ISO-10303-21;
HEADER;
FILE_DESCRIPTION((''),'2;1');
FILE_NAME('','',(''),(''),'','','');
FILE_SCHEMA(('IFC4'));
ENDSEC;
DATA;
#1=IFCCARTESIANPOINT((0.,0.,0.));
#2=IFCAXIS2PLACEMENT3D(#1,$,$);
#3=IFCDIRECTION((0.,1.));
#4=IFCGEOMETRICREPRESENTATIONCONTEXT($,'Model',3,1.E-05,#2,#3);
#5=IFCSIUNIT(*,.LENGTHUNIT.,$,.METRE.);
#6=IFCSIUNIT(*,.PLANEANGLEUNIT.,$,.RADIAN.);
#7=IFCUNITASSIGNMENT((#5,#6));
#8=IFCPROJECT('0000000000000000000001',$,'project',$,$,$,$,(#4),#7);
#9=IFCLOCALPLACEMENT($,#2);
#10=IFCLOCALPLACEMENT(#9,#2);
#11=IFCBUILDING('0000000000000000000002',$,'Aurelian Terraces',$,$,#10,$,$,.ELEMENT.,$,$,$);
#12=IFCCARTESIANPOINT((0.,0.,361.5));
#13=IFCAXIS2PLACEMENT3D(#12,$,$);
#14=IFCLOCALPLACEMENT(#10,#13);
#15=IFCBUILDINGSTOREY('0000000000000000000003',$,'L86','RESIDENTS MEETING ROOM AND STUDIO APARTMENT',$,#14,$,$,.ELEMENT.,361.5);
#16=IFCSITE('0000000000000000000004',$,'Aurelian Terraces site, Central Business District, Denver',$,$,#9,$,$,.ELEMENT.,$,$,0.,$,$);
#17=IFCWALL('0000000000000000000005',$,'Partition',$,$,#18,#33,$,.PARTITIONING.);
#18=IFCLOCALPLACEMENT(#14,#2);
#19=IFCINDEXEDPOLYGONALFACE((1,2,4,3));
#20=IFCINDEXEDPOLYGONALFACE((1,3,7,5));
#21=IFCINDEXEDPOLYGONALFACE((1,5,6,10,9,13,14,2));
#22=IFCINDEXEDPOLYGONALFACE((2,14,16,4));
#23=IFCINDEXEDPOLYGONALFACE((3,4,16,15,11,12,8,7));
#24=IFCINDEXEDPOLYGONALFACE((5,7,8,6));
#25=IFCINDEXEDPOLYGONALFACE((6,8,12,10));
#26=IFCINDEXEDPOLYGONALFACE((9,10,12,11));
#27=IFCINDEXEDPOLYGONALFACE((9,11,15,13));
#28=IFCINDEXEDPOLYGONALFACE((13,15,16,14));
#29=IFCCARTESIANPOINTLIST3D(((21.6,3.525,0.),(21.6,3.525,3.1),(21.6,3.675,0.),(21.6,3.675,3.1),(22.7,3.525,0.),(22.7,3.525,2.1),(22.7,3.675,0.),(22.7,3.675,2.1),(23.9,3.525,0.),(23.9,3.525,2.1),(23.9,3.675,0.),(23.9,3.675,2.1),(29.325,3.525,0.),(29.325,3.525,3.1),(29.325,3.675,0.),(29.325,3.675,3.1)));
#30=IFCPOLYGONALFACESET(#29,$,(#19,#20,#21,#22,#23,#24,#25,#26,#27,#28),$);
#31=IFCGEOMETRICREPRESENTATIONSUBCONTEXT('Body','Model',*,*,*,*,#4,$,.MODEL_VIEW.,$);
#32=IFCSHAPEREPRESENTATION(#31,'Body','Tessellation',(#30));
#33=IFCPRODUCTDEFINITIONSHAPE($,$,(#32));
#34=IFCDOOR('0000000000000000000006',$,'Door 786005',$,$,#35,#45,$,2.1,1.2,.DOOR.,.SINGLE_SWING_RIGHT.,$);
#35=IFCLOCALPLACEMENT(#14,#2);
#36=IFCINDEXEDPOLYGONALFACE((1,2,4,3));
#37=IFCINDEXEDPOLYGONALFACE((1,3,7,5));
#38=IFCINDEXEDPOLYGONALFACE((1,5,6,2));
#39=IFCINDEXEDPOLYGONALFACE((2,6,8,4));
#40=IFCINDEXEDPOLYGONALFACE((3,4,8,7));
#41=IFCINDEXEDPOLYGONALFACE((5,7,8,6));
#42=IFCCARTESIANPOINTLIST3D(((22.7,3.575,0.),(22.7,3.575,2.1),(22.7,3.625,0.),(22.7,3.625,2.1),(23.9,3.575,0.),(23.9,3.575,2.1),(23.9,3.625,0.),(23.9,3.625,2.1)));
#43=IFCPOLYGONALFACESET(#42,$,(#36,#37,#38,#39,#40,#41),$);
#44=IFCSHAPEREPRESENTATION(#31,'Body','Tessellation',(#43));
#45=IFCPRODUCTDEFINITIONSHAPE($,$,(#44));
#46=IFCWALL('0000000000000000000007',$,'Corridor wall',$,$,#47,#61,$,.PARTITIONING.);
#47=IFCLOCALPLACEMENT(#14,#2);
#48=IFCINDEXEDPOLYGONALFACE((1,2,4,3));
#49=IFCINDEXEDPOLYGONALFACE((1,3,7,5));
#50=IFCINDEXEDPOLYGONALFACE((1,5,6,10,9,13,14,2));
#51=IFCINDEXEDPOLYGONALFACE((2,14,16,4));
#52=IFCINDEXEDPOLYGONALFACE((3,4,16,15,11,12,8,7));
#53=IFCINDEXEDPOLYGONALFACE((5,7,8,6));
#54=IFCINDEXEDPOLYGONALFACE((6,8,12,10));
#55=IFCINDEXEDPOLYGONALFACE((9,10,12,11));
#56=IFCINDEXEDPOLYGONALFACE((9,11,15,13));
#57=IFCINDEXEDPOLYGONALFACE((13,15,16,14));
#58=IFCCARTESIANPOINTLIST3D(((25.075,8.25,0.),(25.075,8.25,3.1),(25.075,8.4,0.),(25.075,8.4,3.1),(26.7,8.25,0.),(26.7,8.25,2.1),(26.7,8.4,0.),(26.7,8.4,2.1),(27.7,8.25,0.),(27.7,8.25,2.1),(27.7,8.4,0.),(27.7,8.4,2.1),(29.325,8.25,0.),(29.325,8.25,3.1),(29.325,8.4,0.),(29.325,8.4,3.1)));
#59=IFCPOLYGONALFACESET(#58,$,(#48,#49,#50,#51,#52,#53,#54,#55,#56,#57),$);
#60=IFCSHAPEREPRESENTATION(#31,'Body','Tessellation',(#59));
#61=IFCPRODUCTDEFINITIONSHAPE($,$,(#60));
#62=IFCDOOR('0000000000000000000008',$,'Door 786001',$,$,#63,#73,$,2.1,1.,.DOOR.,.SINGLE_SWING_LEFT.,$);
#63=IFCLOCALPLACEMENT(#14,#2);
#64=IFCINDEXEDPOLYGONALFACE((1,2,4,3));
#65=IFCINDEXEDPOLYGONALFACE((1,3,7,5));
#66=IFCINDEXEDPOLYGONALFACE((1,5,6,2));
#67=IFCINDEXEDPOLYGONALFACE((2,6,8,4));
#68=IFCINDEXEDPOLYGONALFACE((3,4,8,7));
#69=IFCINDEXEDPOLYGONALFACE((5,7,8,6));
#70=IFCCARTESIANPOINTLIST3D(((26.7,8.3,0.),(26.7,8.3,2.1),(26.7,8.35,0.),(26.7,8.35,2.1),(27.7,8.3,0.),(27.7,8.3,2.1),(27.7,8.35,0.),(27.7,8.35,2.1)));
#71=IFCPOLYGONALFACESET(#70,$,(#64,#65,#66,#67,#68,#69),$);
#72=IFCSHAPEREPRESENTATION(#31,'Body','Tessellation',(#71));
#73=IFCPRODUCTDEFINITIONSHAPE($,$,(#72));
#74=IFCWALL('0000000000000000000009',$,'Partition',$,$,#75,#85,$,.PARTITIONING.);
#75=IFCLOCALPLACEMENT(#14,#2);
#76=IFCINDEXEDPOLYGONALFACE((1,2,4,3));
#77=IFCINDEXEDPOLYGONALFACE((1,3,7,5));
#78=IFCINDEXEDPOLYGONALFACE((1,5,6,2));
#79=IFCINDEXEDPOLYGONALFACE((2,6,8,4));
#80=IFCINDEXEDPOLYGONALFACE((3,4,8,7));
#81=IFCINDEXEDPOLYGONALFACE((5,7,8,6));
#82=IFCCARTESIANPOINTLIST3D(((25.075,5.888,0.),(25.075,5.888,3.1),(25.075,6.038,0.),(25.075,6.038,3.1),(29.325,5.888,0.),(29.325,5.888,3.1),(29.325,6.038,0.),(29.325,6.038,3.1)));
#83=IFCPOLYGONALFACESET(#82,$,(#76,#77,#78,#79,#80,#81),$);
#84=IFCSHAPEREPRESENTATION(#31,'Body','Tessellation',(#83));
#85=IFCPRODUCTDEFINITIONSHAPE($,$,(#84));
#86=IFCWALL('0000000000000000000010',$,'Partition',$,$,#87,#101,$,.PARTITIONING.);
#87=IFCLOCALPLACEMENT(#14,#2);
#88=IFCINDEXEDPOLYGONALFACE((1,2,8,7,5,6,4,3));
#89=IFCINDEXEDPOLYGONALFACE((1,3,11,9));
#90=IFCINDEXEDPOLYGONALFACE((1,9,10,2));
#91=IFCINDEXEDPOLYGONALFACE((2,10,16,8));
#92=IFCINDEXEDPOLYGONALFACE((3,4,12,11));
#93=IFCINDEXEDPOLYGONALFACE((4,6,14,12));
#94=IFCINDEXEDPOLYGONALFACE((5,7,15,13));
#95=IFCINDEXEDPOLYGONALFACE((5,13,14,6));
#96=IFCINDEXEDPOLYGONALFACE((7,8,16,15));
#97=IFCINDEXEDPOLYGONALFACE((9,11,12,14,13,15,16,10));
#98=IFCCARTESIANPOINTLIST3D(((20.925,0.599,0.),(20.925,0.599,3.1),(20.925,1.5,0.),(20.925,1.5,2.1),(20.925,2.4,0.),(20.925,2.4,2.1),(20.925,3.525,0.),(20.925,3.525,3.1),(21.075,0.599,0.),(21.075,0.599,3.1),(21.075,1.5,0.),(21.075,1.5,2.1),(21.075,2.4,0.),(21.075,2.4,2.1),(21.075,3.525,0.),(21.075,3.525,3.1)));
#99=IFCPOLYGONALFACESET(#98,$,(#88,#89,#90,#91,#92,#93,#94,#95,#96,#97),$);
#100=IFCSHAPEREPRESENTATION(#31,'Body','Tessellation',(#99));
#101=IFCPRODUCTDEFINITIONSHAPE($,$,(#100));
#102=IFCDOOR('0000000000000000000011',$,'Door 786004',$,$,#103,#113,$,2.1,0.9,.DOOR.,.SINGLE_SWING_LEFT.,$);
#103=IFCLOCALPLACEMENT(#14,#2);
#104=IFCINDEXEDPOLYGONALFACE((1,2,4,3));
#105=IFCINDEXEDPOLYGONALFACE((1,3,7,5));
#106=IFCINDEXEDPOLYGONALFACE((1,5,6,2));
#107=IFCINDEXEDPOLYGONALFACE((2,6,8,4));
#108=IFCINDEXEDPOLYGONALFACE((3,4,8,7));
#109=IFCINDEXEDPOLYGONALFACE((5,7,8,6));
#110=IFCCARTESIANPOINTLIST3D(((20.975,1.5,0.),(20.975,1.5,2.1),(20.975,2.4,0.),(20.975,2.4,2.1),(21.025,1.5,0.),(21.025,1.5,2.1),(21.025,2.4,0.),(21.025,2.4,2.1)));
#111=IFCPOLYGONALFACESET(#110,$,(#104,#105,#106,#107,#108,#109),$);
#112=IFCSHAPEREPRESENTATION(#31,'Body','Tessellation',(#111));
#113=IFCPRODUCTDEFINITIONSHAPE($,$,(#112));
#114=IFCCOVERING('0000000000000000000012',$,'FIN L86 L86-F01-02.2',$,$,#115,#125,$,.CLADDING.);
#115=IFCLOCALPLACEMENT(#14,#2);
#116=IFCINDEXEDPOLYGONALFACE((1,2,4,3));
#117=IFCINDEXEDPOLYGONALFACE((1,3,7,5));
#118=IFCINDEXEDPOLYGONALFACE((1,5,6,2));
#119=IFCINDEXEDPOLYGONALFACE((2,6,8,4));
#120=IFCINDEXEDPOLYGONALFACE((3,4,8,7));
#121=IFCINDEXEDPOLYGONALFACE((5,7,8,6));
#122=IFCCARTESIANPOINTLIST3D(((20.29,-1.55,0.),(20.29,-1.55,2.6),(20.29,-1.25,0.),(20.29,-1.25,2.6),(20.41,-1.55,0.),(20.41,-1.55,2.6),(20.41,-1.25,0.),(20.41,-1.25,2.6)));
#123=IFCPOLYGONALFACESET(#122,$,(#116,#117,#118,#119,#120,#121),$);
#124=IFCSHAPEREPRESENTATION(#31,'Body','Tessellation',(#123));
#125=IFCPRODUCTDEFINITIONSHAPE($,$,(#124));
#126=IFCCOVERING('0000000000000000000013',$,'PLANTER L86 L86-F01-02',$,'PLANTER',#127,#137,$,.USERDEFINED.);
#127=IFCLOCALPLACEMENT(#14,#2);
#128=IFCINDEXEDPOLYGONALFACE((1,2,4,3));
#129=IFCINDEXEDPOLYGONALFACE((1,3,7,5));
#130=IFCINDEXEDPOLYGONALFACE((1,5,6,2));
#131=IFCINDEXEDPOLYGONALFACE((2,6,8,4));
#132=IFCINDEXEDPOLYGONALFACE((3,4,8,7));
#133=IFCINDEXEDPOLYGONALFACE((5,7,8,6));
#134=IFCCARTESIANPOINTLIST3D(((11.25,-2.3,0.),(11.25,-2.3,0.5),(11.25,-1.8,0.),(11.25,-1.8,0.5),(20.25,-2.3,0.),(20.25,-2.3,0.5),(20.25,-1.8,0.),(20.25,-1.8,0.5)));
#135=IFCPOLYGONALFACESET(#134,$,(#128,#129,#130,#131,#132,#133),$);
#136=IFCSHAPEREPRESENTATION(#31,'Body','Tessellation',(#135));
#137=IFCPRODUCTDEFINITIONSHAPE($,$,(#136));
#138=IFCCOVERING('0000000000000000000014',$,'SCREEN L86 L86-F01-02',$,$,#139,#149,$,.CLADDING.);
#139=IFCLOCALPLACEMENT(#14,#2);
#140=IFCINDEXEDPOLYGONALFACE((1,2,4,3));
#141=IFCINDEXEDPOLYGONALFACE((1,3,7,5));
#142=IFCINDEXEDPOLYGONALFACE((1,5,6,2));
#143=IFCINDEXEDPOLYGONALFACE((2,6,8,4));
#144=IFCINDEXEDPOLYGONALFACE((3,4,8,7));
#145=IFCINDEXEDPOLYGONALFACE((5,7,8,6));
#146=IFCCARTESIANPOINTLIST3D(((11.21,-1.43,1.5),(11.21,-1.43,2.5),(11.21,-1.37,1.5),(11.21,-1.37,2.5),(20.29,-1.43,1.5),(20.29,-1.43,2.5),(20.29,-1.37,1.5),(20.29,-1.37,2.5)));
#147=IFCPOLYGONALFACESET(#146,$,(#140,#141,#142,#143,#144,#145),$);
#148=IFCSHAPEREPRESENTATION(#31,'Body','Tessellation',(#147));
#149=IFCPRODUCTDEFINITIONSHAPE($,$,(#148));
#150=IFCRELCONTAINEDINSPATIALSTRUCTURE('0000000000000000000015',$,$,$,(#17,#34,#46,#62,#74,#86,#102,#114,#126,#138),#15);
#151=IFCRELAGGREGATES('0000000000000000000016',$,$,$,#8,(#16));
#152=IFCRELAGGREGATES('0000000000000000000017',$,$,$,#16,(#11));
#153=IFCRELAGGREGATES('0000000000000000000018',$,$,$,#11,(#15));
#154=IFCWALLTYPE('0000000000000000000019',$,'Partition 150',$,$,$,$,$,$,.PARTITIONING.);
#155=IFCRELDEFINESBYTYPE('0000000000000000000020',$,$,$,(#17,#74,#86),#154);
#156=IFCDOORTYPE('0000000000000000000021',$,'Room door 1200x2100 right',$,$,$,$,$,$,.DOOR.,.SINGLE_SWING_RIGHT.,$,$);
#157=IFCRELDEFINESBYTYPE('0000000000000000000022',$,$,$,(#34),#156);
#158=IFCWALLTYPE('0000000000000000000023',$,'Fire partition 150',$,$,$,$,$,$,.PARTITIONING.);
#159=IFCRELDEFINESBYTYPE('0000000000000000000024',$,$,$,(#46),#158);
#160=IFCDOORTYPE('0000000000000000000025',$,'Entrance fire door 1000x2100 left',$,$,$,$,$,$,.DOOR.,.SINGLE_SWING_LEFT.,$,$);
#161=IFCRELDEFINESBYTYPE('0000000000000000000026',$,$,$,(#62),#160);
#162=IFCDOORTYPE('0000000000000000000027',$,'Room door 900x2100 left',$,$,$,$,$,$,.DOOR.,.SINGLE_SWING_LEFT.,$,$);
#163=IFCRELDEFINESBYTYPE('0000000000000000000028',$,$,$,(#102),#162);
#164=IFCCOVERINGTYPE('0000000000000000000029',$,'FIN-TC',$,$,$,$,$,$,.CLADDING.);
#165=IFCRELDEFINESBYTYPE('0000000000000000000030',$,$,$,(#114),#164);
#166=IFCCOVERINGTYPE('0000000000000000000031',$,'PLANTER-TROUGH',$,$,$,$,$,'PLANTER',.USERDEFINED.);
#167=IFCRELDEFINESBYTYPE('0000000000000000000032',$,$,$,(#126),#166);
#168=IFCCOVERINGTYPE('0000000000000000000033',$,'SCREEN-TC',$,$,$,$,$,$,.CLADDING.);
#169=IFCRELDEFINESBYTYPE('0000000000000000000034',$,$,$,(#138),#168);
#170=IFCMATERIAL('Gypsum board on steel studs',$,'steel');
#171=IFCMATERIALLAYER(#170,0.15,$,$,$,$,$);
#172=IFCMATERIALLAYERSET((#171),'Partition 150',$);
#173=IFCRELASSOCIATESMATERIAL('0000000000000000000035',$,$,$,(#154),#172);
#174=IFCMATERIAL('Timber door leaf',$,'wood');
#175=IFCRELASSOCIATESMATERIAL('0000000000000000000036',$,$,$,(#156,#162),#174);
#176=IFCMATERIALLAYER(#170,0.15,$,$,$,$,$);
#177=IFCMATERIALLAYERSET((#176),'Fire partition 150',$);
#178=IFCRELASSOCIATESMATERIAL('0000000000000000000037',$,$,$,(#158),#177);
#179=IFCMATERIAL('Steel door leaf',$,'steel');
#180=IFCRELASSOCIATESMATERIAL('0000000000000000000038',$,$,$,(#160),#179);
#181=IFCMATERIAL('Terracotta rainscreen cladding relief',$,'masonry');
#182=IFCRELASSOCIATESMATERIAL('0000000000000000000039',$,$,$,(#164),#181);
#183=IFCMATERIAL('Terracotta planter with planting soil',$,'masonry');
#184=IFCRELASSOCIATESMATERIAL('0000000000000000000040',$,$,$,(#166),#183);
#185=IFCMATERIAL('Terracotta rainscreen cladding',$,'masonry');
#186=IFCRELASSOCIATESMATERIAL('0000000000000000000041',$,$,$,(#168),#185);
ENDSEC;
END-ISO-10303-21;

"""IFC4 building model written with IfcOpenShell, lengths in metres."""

from ifc_helpers import new_model, si_unit, direction, frame, frame_2d, origin, origin_2d, place, context, subcontext, project, spatial, rectangle, extrude, source, transform, mapped, material, layer, layer_set, type_object, element, fill, save


model = new_model("IFC4")

# Units and contexts
model_context = context("Model", 3, precision=1e-05, world=origin(), true_north=direction((0.0, 1.0)))
body_context = subcontext(model_context, "Body", "Model", "MODEL_VIEW")
ifc_project = project(units=[si_unit("LENGTHUNIT", "METRE"), si_unit("PLANEANGLEUNIT", "RADIAN")], contexts=[model_context])

# Site, building, storey
site_placement = place(None, origin())
site = spatial("IfcSite", under=ifc_project, at=site_placement, Name="Aurelian Terraces site, Central Business District, Denver", CompositionType="ELEMENT", RefElevation=0.0)
building_placement = place(site_placement, origin())
building = spatial("IfcBuilding", under=site, at=building_placement, Name="Aurelian Terraces", CompositionType="ELEMENT")
storey_placement = place(building_placement, frame((0.0, 0.0, 361.5)))
storey = spatial("IfcBuildingStorey", under=building, at=storey_placement, Name="L86", Description="RESIDENTS MEETING ROOM AND STUDIO APARTMENT", CompositionType="ELEMENT", Elevation=361.5)

# Shared definitions
ifc_material_1 = material(Name="Steel door leaf", Category="steel")

# Shared definitions
ifc_material_2 = material(Name="Terracotta rainscreen cladding", Category="masonry")

# Shared definitions
ifc_material_3 = material(Name="Gypsum board on steel studs", Category="steel")

# Walls, openings, doors
ifc_layer_1 = layer(ifc_material_3, 0.15)
ifc_layer_set_1 = layer_set([ifc_layer_1], Name="Partition 150")
wall_type_1 = type_object("IfcWallType", Name="Partition 150", PredefinedType="PARTITIONING", material=ifc_layer_set_1)
shared_shape_1 = source(origin(), body_context, "Body", "SweptSolid", [
    extrude(rectangle(XDim=0.9, YDim=2.1, at=frame_2d((0.45, 1.05))), frame((0.0, 0.085, 0.0), z_axis=(0.0, -1.0, 0.0), x_axis=(1.0, 0.0, 0.0)), (0.0, 0.0, 1.0), 0.17),
])
ifc_material_4 = material(Name="Timber door leaf", Category="wood")
shared_shape_2 = source(origin(), body_context, "Body", "SweptSolid", [
    extrude(rectangle(XDim=0.9, YDim=2.1, at=frame_2d((0.45, 1.05))), frame((0.0, 0.025, 0.0), z_axis=(0.0, -1.0, 0.0), x_axis=(1.0, 0.0, 0.0)), (0.0, 0.0, 1.0), 0.05),
])
shared_shape_3 = source(origin(), body_context, "Body", "SweptSolid", [
    extrude(rectangle(XDim=7.725, YDim=0.15, at=frame_2d((3.8625, 0.0))), origin(), (0.0, 0.0, 1.0), 3.1),
])
wall_1_placement = place(storey_placement, frame((21.6, 3.6, 0.0), z_axis=(0.0, 0.0, 1.0), x_axis=(1.0, 0.0, 0.0)))
wall_1 = element("IfcWall", 1, at=wall_1_placement, inside=storey, type_object=wall_type_1, Name="Partition", PredefinedType="PARTITIONING", context=body_context, shape_type="MappedRepresentation", body=[
    mapped(shared_shape_3, transform((0.0, 0.0, 0.0), scale=1.0)),
])
shared_shape_4 = source(origin(), body_context, "Body", "SweptSolid", [
    extrude(rectangle(XDim=1.2, YDim=2.1, at=frame_2d((0.6, 1.05))), frame((0.0, 0.085, 0.0), z_axis=(0.0, -1.0, 0.0), x_axis=(1.0, 0.0, 0.0)), (0.0, 0.0, 1.0), 0.17),
])
opening_1_placement = place(wall_1_placement, frame((1.1, 0.0, 0.0)))
opening_1 = element("IfcOpeningElement", 2, at=opening_1_placement, cuts=wall_1, PredefinedType="OPENING", context=body_context, shape_type="MappedRepresentation", body=[
    mapped(shared_shape_4, transform((0.0, 0.0, 0.0), scale=1.0)),
])
door_type_1 = type_object("IfcDoorType", Name="Room door 1200x2100 right", OperationType="SINGLE_SWING_RIGHT", PredefinedType="DOOR", material=ifc_material_4)
shared_shape_5 = source(origin(), body_context, "Body", "SweptSolid", [
    extrude(rectangle(XDim=1.2, YDim=2.1, at=frame_2d((0.6, 1.05))), frame((0.0, 0.025, 0.0), z_axis=(0.0, -1.0, 0.0), x_axis=(1.0, 0.0, 0.0)), (0.0, 0.0, 1.0), 0.05),
])
door_1_placement = place(opening_1_placement, origin())
door_1 = element("IfcDoor", 3, at=door_1_placement, inside=storey, type_object=door_type_1, Name="Door 786005", OperationType="SINGLE_SWING_RIGHT", OverallHeight=2.1, OverallWidth=1.2, PredefinedType="DOOR", context=body_context, shape_type="MappedRepresentation", body=[
    mapped(shared_shape_5, transform((0.0, 0.0, 0.0), scale=1.0)),
])
fill(opening_1, door_1)
ifc_layer_2 = layer(ifc_material_3, 0.15)
ifc_layer_set_2 = layer_set([ifc_layer_2], Name="Fire partition 150")
wall_type_2 = type_object("IfcWallType", Name="Fire partition 150", PredefinedType="PARTITIONING", material=ifc_layer_set_2)
shared_shape_6 = source(origin(), body_context, "Body", "SweptSolid", [
    extrude(rectangle(XDim=4.25, YDim=0.15, at=frame_2d((2.125, 0.0))), origin(), (0.0, 0.0, 1.0), 3.1),
])
wall_2_placement = place(storey_placement, frame((29.325, 8.325, 0.0), z_axis=(0.0, 0.0, 1.0), x_axis=(-1.0, 0.0, 0.0)))
wall_2 = element("IfcWall", 4, at=wall_2_placement, inside=storey, type_object=wall_type_2, Name="Corridor wall", PredefinedType="PARTITIONING", context=body_context, shape_type="MappedRepresentation", body=[
    mapped(shared_shape_6, transform((0.0, 0.0, 0.0), scale=1.0)),
])
shared_shape_7 = source(origin(), body_context, "Body", "SweptSolid", [
    extrude(rectangle(XDim=1.0, YDim=2.1, at=frame_2d((0.5, 1.05))), frame((0.0, 0.085, 0.0), z_axis=(0.0, -1.0, 0.0), x_axis=(1.0, 0.0, 0.0)), (0.0, 0.0, 1.0), 0.17),
])
opening_2_placement = place(wall_2_placement, frame((1.625, 0.0, 0.0)))
opening_2 = element("IfcOpeningElement", 5, at=opening_2_placement, cuts=wall_2, PredefinedType="OPENING", context=body_context, shape_type="MappedRepresentation", body=[
    mapped(shared_shape_7, transform((0.0, 0.0, 0.0), scale=1.0)),
])
door_type_2 = type_object("IfcDoorType", Name="Entrance fire door 1000x2100 left", OperationType="SINGLE_SWING_LEFT", PredefinedType="DOOR", material=ifc_material_1)
shared_shape_8 = source(origin(), body_context, "Body", "SweptSolid", [
    extrude(rectangle(XDim=1.0, YDim=2.1, at=frame_2d((0.5, 1.05))), frame((0.0, 0.025, 0.0), z_axis=(0.0, -1.0, 0.0), x_axis=(1.0, 0.0, 0.0)), (0.0, 0.0, 1.0), 0.05),
])
door_2_placement = place(opening_2_placement, origin())
door_2 = element("IfcDoor", 6, at=door_2_placement, inside=storey, type_object=door_type_2, Name="Door 786001", OperationType="SINGLE_SWING_LEFT", OverallHeight=2.1, OverallWidth=1.0, PredefinedType="DOOR", context=body_context, shape_type="MappedRepresentation", body=[
    mapped(shared_shape_8, transform((0.0, 0.0, 0.0), scale=1.0)),
])
fill(opening_2, door_2)

# Wall
wall_3_placement = place(storey_placement, frame((29.325, 5.963, 0.0), z_axis=(0.0, 0.0, 1.0), x_axis=(-1.0, 0.0, 0.0)))
element("IfcWall", 7, at=wall_3_placement, inside=storey, type_object=wall_type_1, Name="Partition", PredefinedType="PARTITIONING", context=body_context, shape_type="MappedRepresentation", body=[
    mapped(shared_shape_6, transform((0.0, 0.0, 0.0), scale=1.0)),
])

# Wall, opening, door
shared_shape_9 = source(origin(), body_context, "Body", "SweptSolid", [
    extrude(rectangle(XDim=2.926, YDim=0.15, at=frame_2d((1.463, 0.0))), origin(), (0.0, 0.0, 1.0), 3.1),
])
wall_4_placement = place(storey_placement, frame((21.0, 3.525, 0.0), z_axis=(0.0, 0.0, 1.0), x_axis=(0.0, -1.0, 0.0)))
wall_4 = element("IfcWall", 8, at=wall_4_placement, inside=storey, type_object=wall_type_1, Name="Partition", PredefinedType="PARTITIONING", context=body_context, shape_type="MappedRepresentation", body=[
    mapped(shared_shape_9, transform((0.0, 0.0, 0.0), scale=1.0)),
])
opening_3_placement = place(wall_4_placement, frame((1.125, 0.0, 0.0)))
opening_3 = element("IfcOpeningElement", 9, at=opening_3_placement, cuts=wall_4, PredefinedType="OPENING", context=body_context, shape_type="MappedRepresentation", body=[
    mapped(shared_shape_1, transform((0.0, 0.0, 0.0), scale=1.0)),
])
door_type_3 = type_object("IfcDoorType", Name="Room door 900x2100 left", OperationType="SINGLE_SWING_LEFT", PredefinedType="DOOR", material=ifc_material_4)
door_3_placement = place(opening_3_placement, origin())
door_3 = element("IfcDoor", 10, at=door_3_placement, inside=storey, type_object=door_type_3, Name="Door 786004", OperationType="SINGLE_SWING_LEFT", OverallHeight=2.1, OverallWidth=0.9, PredefinedType="DOOR", context=body_context, shape_type="MappedRepresentation", body=[
    mapped(shared_shape_2, transform((0.0, 0.0, 0.0), scale=1.0)),
])
fill(opening_3, door_3)

# Coverings
ifc_material_5 = material(Name="Terracotta rainscreen cladding relief", Category="masonry")
covering_type_1 = type_object("IfcCoveringType", Name="FIN-TC", PredefinedType="CLADDING", material=ifc_material_5)
shared_shape_10 = source(origin(), body_context, "Body", "SweptSolid", [
    extrude(rectangle(XDim=0.12, YDim=0.3, at=origin_2d()), origin(), (0.0, 0.0, 1.0), 2.6),
])
covering_1_placement = place(storey_placement, frame((20.35, -1.4, 0.0), z_axis=(0.0, 0.0, 1.0), x_axis=(1.0, 0.0, 0.0)))
element("IfcCovering", 11, at=covering_1_placement, inside=storey, type_object=covering_type_1, Name="FIN L86 L86-F01-02.2", PredefinedType="CLADDING", context=body_context, shape_type="MappedRepresentation", body=[
    mapped(shared_shape_10, transform((0.0, 0.0, 0.0), scale=1.0)),
])
ifc_material_6 = material(Name="Terracotta planter with planting soil", Category="masonry")
covering_type_2 = type_object("IfcCoveringType", Name="PLANTER-TROUGH", ElementType="PLANTER", PredefinedType="USERDEFINED", material=ifc_material_6)
shared_shape_11 = source(origin(), body_context, "Body", "SweptSolid", [
    extrude(rectangle(XDim=9.0, YDim=0.5, at=origin_2d()), origin(), (0.0, 0.0, 1.0), 0.5),
])
covering_2_placement = place(storey_placement, frame((15.75, -2.05, 0.0), z_axis=(0.0, 0.0, 1.0), x_axis=(1.0, 0.0, 0.0)))
element("IfcCovering", 12, at=covering_2_placement, inside=storey, type_object=covering_type_2, Name="PLANTER L86 L86-F01-02", ObjectType="PLANTER", PredefinedType="USERDEFINED", context=body_context, shape_type="MappedRepresentation", body=[
    mapped(shared_shape_11, transform((0.0, 0.0, 0.0), scale=1.0)),
])
covering_type_3 = type_object("IfcCoveringType", Name="SCREEN-TC", PredefinedType="CLADDING", material=ifc_material_2)
shared_shape_12 = source(origin(), body_context, "Body", "SweptSolid", [
    extrude(rectangle(XDim=9.08, YDim=0.06, at=origin_2d()), origin(), (0.0, 0.0, 1.0), 1.0),
])
covering_3_placement = place(storey_placement, frame((15.75, -1.4, 1.5), z_axis=(0.0, 0.0, 1.0), x_axis=(1.0, 0.0, 0.0)))
element("IfcCovering", 13, at=covering_3_placement, inside=storey, type_object=covering_type_3, Name="SCREEN L86 L86-F01-02", PredefinedType="CLADDING", context=body_context, shape_type="MappedRepresentation", body=[
    mapped(shared_shape_12, transform((0.0, 0.0, 0.0), scale=1.0)),
])

save(model, "model.ifc")
